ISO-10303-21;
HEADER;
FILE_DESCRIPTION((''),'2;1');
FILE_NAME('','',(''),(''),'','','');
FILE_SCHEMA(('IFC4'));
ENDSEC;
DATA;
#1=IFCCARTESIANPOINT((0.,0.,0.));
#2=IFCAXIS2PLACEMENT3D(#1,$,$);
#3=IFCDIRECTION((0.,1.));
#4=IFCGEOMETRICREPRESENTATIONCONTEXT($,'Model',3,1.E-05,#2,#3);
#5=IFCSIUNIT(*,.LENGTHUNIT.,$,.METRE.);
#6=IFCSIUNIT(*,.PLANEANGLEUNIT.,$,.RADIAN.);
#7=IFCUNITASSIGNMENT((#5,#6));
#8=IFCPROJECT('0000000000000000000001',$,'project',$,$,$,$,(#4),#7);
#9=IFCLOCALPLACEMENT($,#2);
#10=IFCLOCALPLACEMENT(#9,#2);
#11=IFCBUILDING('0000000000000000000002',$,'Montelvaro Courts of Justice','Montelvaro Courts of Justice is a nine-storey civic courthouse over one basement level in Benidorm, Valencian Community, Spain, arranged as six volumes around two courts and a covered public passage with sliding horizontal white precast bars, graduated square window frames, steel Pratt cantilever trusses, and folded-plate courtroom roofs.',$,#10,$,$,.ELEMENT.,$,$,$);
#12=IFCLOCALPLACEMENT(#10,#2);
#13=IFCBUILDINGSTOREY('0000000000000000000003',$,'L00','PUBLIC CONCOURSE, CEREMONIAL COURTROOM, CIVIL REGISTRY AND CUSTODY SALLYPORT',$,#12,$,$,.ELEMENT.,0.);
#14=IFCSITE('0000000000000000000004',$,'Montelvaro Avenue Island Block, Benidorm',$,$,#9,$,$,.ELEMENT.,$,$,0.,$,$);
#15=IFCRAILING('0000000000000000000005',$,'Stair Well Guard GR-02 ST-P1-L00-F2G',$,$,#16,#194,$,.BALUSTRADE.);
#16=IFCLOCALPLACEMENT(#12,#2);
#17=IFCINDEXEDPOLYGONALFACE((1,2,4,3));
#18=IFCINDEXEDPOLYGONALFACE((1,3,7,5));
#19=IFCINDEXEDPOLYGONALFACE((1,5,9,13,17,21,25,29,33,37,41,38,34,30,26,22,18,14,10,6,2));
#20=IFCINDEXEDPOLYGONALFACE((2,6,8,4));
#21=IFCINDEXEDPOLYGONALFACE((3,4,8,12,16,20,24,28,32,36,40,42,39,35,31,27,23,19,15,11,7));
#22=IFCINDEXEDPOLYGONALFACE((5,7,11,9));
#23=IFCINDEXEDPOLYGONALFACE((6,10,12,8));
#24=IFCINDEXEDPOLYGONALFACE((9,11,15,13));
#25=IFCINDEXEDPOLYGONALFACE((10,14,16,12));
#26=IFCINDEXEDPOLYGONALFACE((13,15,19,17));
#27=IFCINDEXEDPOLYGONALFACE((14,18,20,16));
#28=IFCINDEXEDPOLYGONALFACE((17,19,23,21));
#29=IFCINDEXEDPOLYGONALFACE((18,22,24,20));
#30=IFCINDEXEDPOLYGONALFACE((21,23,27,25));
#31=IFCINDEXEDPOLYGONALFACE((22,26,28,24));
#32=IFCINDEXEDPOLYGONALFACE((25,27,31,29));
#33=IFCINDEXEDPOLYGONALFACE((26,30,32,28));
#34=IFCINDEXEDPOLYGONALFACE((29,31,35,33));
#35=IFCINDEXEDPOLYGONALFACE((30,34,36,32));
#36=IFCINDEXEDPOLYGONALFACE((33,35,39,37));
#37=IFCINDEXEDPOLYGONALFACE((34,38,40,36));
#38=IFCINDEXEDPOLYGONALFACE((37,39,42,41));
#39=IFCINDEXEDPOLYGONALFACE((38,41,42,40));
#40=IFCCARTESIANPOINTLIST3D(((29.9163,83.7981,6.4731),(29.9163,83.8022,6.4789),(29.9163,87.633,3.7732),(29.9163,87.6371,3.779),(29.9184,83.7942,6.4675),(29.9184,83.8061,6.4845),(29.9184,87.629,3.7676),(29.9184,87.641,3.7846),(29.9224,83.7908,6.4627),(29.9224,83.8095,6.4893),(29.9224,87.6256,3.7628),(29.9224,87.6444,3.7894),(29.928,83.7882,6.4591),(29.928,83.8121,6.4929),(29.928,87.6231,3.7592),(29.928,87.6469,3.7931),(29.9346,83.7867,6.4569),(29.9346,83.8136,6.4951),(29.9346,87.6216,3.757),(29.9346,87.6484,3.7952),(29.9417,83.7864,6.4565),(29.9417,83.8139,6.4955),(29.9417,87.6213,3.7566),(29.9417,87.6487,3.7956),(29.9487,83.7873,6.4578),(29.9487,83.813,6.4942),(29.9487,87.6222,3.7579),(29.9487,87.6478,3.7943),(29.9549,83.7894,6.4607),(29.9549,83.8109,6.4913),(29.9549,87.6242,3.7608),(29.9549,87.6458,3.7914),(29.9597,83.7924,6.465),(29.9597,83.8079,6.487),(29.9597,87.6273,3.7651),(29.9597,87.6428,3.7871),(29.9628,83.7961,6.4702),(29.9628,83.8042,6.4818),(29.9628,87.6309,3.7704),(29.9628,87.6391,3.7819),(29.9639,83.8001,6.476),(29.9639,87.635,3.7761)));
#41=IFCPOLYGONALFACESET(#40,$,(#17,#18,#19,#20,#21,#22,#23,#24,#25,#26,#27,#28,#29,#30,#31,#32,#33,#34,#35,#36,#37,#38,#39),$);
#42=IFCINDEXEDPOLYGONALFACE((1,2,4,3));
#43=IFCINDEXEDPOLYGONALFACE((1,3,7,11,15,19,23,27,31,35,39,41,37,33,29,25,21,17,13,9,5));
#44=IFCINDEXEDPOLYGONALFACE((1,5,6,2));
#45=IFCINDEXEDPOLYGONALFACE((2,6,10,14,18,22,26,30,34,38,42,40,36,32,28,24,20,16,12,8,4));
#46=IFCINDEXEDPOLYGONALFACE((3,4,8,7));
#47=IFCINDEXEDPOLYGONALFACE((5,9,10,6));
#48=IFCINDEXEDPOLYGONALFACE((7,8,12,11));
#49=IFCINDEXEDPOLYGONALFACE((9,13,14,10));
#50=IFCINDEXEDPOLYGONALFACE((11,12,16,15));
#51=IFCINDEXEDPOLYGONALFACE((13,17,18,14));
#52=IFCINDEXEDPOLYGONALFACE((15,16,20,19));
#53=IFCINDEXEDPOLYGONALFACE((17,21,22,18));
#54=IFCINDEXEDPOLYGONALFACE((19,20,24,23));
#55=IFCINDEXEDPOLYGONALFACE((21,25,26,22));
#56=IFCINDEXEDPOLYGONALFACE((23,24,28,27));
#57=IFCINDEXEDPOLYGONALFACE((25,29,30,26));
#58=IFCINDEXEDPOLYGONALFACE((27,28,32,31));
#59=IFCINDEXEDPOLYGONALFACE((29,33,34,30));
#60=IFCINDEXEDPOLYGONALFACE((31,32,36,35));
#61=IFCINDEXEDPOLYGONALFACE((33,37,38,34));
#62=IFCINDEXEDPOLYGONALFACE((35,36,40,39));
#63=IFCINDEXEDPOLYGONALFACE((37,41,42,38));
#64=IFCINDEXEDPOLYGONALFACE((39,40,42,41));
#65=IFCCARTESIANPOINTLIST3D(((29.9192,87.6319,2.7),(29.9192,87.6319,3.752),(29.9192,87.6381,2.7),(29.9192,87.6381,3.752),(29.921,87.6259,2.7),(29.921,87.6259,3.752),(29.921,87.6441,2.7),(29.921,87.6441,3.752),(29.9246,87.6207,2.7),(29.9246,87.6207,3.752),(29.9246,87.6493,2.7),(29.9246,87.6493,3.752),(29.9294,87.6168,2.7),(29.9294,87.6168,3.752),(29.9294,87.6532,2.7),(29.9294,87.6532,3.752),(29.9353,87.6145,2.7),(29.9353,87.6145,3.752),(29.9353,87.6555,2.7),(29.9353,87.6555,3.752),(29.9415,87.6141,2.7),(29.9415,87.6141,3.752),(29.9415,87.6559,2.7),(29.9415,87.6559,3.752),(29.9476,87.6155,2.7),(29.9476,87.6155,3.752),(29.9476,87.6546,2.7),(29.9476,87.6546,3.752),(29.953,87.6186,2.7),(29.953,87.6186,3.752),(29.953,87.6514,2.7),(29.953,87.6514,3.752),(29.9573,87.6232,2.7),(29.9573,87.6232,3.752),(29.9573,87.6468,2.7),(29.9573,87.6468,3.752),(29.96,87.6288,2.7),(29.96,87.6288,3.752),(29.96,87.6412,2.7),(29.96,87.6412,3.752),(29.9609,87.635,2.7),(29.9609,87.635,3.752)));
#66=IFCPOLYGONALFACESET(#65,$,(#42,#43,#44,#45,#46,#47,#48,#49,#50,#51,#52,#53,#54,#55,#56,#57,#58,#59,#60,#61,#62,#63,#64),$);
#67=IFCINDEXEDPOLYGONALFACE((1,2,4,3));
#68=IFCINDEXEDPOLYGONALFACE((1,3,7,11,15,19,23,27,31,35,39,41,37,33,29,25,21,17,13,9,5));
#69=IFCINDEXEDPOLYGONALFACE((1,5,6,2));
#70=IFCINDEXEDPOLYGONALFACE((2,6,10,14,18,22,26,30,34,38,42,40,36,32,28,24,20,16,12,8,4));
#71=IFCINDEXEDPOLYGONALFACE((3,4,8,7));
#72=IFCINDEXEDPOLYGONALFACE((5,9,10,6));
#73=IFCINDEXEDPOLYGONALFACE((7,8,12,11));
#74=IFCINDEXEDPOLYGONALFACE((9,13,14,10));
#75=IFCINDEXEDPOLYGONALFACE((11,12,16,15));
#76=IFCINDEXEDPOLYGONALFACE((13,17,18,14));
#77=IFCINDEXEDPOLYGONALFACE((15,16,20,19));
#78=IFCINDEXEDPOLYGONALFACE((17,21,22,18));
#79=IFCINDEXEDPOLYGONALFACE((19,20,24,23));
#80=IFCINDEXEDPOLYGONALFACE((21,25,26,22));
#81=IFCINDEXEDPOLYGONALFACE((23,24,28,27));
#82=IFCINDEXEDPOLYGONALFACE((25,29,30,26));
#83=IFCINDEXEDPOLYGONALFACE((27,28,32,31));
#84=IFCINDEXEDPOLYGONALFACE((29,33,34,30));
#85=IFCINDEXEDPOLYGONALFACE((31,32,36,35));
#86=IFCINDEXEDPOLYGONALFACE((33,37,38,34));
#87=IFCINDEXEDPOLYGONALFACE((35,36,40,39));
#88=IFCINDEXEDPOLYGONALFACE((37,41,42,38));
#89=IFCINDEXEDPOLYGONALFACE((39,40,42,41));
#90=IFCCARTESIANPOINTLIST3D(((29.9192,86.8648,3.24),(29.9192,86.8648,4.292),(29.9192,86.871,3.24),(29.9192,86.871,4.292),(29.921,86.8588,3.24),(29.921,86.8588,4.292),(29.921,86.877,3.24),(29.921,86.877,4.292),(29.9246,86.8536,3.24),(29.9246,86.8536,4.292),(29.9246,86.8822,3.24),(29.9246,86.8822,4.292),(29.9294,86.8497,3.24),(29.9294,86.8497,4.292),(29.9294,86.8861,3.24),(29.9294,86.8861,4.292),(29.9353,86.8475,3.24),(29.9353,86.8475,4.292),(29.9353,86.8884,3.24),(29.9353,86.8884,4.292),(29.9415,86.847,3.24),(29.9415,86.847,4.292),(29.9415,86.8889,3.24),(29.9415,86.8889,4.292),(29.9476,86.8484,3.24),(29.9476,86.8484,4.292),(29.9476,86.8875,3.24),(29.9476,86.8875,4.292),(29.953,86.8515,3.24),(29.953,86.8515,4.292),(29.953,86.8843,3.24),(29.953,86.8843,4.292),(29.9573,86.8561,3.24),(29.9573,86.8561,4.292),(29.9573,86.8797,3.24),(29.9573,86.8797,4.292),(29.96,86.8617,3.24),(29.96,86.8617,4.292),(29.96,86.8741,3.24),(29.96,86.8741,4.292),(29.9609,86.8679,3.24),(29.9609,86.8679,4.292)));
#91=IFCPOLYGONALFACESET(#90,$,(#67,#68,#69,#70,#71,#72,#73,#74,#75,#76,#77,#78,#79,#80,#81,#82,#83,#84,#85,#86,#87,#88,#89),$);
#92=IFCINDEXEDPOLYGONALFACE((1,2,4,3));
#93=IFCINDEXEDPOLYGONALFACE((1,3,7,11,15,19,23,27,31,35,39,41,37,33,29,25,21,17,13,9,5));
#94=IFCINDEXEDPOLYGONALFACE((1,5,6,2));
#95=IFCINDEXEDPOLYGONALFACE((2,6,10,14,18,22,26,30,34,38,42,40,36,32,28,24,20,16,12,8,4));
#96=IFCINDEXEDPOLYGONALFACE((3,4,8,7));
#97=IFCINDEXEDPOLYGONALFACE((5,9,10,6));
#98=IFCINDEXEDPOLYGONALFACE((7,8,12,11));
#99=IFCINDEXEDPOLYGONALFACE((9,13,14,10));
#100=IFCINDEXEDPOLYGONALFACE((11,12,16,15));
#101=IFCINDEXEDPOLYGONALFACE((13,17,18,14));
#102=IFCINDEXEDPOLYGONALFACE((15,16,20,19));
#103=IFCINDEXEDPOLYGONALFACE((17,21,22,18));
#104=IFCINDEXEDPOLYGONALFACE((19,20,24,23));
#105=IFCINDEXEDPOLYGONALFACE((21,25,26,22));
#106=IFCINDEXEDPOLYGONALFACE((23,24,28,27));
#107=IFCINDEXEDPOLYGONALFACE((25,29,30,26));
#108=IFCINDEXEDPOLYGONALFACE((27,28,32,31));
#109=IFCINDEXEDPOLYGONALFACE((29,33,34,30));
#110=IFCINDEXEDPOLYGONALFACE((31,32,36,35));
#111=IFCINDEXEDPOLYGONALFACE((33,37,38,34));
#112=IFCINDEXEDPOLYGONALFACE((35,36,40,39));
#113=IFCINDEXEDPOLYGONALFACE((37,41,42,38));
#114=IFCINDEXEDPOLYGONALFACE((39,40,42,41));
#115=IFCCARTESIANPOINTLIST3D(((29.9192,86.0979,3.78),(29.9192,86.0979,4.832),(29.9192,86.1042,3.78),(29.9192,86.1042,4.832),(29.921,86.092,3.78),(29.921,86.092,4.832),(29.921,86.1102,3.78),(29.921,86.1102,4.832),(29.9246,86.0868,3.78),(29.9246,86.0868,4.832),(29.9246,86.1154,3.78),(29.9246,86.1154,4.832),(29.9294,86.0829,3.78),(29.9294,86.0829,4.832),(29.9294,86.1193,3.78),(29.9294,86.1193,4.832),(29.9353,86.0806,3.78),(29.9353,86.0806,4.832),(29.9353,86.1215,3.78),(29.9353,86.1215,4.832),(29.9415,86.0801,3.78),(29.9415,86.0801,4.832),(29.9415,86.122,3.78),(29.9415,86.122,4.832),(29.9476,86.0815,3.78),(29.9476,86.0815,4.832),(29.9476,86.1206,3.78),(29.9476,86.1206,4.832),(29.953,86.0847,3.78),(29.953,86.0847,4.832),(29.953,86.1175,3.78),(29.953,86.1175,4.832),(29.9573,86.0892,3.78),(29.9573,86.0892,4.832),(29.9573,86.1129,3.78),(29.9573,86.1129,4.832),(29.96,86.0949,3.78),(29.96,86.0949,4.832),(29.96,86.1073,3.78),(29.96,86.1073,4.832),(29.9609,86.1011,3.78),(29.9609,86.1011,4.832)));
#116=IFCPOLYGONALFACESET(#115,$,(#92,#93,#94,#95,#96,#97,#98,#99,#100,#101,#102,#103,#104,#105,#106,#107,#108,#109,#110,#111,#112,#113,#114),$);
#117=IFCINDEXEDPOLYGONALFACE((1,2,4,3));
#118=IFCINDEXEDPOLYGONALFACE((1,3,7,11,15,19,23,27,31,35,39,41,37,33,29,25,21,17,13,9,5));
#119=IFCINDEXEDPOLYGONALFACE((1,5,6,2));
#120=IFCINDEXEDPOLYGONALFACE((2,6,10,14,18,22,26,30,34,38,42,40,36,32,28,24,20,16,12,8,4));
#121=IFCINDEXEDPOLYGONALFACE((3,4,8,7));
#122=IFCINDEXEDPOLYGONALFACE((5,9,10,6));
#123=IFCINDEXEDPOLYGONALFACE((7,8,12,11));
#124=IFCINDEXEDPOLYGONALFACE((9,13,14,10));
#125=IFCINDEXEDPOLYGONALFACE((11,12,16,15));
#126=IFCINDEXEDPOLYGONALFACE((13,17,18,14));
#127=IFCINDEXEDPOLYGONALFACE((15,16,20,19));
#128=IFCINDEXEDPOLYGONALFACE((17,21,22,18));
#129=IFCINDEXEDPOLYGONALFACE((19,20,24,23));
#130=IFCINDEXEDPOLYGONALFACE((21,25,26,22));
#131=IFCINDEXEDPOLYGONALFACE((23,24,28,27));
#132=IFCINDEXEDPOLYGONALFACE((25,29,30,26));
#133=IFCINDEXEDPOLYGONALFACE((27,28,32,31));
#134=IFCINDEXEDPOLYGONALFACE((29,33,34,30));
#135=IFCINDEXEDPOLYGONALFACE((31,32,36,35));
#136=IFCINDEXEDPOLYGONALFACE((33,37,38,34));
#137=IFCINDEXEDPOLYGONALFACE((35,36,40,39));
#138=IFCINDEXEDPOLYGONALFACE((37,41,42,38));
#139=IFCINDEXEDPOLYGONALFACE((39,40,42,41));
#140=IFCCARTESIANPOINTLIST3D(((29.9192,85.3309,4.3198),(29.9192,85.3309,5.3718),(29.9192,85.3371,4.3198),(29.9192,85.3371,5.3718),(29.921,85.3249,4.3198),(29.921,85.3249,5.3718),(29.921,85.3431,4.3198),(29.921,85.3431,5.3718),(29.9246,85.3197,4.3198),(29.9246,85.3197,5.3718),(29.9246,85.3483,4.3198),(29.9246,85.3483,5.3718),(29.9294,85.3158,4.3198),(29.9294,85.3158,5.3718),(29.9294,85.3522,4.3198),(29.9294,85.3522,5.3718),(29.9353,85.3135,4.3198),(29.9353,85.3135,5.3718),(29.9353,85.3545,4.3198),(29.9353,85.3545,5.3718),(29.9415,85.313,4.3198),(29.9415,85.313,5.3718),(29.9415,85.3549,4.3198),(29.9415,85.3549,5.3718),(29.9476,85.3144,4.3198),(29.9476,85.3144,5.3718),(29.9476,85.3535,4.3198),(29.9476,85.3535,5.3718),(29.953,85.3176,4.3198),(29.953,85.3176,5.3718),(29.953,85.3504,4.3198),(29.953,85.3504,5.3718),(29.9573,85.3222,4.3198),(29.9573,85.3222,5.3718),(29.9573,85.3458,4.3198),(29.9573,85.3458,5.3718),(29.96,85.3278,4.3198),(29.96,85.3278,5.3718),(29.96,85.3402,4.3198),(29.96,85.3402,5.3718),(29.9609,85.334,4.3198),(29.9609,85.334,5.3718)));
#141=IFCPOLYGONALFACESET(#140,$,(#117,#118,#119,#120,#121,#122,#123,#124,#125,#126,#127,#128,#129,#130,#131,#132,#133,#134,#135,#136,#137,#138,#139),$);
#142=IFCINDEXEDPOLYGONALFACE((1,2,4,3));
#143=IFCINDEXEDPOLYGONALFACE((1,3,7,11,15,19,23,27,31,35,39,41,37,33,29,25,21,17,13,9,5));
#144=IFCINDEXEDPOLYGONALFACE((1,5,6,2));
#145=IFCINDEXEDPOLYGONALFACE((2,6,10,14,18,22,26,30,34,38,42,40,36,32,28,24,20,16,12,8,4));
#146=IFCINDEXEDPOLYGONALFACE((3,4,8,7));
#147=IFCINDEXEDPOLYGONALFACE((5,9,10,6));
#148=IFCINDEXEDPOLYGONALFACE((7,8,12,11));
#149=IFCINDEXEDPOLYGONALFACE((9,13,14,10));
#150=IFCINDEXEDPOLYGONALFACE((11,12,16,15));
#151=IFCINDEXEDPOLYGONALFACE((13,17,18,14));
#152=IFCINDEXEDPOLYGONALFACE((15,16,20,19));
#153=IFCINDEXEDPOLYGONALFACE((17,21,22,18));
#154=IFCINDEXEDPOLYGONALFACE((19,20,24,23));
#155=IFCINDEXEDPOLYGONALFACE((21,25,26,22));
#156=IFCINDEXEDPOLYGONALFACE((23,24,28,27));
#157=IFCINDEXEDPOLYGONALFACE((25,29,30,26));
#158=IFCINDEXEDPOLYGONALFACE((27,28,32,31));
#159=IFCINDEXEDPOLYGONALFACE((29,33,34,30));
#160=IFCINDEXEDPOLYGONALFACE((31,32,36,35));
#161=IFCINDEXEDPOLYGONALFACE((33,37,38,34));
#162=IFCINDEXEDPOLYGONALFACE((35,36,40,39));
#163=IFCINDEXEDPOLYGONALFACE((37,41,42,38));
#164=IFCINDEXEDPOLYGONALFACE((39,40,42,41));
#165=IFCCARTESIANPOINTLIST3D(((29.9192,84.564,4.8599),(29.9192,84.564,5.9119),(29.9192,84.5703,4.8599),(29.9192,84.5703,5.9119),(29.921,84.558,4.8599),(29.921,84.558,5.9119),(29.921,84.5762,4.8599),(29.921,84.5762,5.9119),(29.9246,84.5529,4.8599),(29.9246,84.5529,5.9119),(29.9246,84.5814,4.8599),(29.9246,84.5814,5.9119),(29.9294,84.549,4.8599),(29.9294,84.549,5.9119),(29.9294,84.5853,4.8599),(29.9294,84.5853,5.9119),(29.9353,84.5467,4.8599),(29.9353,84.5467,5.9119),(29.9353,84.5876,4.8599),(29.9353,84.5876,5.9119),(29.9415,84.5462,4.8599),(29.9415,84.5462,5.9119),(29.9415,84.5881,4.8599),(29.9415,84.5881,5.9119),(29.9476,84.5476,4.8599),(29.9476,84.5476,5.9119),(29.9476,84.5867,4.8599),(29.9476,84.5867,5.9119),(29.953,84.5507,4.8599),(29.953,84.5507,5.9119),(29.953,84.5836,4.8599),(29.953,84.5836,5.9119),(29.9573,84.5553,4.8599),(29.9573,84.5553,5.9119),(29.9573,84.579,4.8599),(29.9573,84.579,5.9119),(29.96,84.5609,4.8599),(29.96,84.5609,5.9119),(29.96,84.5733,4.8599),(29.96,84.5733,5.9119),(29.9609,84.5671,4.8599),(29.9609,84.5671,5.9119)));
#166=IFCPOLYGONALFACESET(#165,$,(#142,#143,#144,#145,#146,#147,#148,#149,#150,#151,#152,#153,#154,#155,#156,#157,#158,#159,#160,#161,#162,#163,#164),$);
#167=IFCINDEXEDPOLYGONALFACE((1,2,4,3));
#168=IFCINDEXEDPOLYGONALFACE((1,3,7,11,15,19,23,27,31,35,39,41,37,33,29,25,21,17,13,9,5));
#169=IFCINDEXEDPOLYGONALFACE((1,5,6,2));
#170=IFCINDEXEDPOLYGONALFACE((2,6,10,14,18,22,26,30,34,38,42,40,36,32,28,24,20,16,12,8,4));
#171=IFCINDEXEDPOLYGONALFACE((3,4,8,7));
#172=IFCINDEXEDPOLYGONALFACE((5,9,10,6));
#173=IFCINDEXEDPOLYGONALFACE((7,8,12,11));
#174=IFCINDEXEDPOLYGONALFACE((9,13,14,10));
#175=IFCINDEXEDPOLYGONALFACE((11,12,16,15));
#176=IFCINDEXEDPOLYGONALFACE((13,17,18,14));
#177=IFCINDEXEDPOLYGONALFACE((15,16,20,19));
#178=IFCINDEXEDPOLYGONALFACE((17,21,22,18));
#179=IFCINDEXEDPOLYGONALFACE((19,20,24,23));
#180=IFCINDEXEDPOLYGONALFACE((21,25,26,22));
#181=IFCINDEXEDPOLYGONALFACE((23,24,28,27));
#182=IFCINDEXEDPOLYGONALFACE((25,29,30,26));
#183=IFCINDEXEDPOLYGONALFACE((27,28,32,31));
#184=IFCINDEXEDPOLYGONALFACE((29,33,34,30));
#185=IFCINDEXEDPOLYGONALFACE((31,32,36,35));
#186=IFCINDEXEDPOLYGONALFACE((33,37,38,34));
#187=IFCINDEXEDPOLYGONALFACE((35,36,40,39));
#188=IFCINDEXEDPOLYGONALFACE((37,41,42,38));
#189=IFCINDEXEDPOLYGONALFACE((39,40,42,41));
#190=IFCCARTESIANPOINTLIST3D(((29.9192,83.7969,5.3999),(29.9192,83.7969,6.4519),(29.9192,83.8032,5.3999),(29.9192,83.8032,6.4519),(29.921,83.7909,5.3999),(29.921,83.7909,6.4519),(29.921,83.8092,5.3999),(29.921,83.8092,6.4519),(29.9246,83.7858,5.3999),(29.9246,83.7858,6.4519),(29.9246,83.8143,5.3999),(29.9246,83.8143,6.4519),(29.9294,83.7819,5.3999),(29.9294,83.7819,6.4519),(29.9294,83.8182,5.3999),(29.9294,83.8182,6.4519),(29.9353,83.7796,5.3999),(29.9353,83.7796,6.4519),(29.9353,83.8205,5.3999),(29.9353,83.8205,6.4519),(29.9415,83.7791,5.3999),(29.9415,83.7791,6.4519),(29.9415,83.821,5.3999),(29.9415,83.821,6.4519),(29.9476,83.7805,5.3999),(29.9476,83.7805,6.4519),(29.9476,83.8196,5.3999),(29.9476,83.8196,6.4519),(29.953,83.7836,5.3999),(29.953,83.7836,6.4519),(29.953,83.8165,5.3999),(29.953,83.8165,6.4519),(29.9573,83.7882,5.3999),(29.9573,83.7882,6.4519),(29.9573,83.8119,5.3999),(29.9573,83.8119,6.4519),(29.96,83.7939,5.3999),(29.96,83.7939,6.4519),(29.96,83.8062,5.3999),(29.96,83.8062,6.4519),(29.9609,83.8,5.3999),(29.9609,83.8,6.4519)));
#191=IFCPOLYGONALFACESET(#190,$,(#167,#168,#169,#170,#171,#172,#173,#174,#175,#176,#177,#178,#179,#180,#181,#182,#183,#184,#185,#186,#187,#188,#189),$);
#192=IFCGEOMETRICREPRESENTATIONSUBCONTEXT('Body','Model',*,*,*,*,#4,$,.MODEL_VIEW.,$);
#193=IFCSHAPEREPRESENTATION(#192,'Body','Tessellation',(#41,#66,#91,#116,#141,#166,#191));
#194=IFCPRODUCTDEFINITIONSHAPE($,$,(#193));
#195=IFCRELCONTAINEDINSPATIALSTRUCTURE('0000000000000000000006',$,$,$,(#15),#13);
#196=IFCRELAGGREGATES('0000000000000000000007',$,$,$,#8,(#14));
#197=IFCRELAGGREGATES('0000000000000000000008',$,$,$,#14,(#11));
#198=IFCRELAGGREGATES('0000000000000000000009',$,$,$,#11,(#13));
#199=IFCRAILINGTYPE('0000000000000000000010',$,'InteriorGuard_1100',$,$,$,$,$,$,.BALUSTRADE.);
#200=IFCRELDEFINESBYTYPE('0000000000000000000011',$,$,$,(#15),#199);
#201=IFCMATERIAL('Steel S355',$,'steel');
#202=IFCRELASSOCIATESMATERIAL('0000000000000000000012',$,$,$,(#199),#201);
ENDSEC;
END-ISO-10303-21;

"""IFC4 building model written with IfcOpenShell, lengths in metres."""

from ifc_helpers import new_model, si_unit, direction, frame, origin, origin_2d, place, context, subcontext, project, spatial, circle, extrude, material, type_object, element, save


model = new_model("IFC4")

# Units and contexts
model_context = context("Model", 3, precision=1e-05, world=origin(), true_north=direction((0.0, 1.0)))
body_context = subcontext(model_context, "Body", "Model", "MODEL_VIEW")
ifc_project = project(units=[si_unit("LENGTHUNIT", "METRE"), si_unit("PLANEANGLEUNIT", "RADIAN")], contexts=[model_context])

# Site, building, storey
site_placement = place(None, origin())
site = spatial("IfcSite", under=ifc_project, at=site_placement, Name="Montelvaro Avenue Island Block, Benidorm", CompositionType="ELEMENT", RefElevation=0.0)
building_placement = place(site_placement, origin())
building = spatial("IfcBuilding", under=site, at=building_placement, Name="Montelvaro Courts of Justice", Description="Montelvaro Courts of Justice is a nine-storey civic courthouse over one basement level in Benidorm, Valencian Community, Spain, arranged as six volumes around two courts and a covered public passage with sliding horizontal white precast bars, graduated square window frames, steel Pratt cantilever trusses, and folded-plate courtroom roofs.", CompositionType="ELEMENT")
storey_placement = place(building_placement, origin())
storey = spatial("IfcBuildingStorey", under=building, at=storey_placement, Name="L00", Description="PUBLIC CONCOURSE, CEREMONIAL COURTROOM, CIVIL REGISTRY AND CUSTODY SALLYPORT", CompositionType="ELEMENT", Elevation=0.0)

# Shared definitions
ifc_material_1 = material(Name="Steel S355", Category="steel")

# Railing
railing_type_1 = type_object("IfcRailingType", Name="InteriorGuard_1100", PredefinedType="BALUSTRADE", material=ifc_material_1)
railing_1_placement = place(storey_placement, frame((29.9399, 87.635, 2.7)))
element("IfcRailing", 1, at=railing_1_placement, inside=storey, type_object=railing_type_1, Name="Stair Well Guard GR-02 ST-P1-L00-F2G", PredefinedType="BALUSTRADE", context=body_context, shape_type="SweptSolid", body=[
    extrude(circle(Radius=0.0239, at=origin_2d()), frame((0.0, 0.0, 1.0762), z_axis=(0.0, -0.817678, 0.575675), x_axis=(1.0, 0.0, 0.0)), (0.0, 0.0, 1.0), 4.6899),
    extrude(circle(Radius=0.021, at=origin_2d()), origin(), (0.0, 0.0, 1.0), 1.052),
    extrude(circle(Radius=0.021, at=origin_2d()), frame((0.0, -0.7671, 0.54)), (0.0, 0.0, 1.0), 1.052),
    extrude(circle(Radius=0.021, at=origin_2d()), frame((0.0, -1.5339, 1.0801)), (0.0, 0.0, 1.0), 1.052),
    extrude(circle(Radius=0.021, at=origin_2d()), frame((0.0, -2.301, 1.6199)), (0.0, 0.0, 1.0), 1.052),
    extrude(circle(Radius=0.021, at=origin_2d()), frame((0.0, -3.0679, 2.1599)), (0.0, 0.0, 1.0), 1.052),
    extrude(circle(Radius=0.021, at=origin_2d()), frame((0.0, -3.835, 2.7)), (0.0, 0.0, 1.0), 1.052),
])

save(model, "model.ifc")
